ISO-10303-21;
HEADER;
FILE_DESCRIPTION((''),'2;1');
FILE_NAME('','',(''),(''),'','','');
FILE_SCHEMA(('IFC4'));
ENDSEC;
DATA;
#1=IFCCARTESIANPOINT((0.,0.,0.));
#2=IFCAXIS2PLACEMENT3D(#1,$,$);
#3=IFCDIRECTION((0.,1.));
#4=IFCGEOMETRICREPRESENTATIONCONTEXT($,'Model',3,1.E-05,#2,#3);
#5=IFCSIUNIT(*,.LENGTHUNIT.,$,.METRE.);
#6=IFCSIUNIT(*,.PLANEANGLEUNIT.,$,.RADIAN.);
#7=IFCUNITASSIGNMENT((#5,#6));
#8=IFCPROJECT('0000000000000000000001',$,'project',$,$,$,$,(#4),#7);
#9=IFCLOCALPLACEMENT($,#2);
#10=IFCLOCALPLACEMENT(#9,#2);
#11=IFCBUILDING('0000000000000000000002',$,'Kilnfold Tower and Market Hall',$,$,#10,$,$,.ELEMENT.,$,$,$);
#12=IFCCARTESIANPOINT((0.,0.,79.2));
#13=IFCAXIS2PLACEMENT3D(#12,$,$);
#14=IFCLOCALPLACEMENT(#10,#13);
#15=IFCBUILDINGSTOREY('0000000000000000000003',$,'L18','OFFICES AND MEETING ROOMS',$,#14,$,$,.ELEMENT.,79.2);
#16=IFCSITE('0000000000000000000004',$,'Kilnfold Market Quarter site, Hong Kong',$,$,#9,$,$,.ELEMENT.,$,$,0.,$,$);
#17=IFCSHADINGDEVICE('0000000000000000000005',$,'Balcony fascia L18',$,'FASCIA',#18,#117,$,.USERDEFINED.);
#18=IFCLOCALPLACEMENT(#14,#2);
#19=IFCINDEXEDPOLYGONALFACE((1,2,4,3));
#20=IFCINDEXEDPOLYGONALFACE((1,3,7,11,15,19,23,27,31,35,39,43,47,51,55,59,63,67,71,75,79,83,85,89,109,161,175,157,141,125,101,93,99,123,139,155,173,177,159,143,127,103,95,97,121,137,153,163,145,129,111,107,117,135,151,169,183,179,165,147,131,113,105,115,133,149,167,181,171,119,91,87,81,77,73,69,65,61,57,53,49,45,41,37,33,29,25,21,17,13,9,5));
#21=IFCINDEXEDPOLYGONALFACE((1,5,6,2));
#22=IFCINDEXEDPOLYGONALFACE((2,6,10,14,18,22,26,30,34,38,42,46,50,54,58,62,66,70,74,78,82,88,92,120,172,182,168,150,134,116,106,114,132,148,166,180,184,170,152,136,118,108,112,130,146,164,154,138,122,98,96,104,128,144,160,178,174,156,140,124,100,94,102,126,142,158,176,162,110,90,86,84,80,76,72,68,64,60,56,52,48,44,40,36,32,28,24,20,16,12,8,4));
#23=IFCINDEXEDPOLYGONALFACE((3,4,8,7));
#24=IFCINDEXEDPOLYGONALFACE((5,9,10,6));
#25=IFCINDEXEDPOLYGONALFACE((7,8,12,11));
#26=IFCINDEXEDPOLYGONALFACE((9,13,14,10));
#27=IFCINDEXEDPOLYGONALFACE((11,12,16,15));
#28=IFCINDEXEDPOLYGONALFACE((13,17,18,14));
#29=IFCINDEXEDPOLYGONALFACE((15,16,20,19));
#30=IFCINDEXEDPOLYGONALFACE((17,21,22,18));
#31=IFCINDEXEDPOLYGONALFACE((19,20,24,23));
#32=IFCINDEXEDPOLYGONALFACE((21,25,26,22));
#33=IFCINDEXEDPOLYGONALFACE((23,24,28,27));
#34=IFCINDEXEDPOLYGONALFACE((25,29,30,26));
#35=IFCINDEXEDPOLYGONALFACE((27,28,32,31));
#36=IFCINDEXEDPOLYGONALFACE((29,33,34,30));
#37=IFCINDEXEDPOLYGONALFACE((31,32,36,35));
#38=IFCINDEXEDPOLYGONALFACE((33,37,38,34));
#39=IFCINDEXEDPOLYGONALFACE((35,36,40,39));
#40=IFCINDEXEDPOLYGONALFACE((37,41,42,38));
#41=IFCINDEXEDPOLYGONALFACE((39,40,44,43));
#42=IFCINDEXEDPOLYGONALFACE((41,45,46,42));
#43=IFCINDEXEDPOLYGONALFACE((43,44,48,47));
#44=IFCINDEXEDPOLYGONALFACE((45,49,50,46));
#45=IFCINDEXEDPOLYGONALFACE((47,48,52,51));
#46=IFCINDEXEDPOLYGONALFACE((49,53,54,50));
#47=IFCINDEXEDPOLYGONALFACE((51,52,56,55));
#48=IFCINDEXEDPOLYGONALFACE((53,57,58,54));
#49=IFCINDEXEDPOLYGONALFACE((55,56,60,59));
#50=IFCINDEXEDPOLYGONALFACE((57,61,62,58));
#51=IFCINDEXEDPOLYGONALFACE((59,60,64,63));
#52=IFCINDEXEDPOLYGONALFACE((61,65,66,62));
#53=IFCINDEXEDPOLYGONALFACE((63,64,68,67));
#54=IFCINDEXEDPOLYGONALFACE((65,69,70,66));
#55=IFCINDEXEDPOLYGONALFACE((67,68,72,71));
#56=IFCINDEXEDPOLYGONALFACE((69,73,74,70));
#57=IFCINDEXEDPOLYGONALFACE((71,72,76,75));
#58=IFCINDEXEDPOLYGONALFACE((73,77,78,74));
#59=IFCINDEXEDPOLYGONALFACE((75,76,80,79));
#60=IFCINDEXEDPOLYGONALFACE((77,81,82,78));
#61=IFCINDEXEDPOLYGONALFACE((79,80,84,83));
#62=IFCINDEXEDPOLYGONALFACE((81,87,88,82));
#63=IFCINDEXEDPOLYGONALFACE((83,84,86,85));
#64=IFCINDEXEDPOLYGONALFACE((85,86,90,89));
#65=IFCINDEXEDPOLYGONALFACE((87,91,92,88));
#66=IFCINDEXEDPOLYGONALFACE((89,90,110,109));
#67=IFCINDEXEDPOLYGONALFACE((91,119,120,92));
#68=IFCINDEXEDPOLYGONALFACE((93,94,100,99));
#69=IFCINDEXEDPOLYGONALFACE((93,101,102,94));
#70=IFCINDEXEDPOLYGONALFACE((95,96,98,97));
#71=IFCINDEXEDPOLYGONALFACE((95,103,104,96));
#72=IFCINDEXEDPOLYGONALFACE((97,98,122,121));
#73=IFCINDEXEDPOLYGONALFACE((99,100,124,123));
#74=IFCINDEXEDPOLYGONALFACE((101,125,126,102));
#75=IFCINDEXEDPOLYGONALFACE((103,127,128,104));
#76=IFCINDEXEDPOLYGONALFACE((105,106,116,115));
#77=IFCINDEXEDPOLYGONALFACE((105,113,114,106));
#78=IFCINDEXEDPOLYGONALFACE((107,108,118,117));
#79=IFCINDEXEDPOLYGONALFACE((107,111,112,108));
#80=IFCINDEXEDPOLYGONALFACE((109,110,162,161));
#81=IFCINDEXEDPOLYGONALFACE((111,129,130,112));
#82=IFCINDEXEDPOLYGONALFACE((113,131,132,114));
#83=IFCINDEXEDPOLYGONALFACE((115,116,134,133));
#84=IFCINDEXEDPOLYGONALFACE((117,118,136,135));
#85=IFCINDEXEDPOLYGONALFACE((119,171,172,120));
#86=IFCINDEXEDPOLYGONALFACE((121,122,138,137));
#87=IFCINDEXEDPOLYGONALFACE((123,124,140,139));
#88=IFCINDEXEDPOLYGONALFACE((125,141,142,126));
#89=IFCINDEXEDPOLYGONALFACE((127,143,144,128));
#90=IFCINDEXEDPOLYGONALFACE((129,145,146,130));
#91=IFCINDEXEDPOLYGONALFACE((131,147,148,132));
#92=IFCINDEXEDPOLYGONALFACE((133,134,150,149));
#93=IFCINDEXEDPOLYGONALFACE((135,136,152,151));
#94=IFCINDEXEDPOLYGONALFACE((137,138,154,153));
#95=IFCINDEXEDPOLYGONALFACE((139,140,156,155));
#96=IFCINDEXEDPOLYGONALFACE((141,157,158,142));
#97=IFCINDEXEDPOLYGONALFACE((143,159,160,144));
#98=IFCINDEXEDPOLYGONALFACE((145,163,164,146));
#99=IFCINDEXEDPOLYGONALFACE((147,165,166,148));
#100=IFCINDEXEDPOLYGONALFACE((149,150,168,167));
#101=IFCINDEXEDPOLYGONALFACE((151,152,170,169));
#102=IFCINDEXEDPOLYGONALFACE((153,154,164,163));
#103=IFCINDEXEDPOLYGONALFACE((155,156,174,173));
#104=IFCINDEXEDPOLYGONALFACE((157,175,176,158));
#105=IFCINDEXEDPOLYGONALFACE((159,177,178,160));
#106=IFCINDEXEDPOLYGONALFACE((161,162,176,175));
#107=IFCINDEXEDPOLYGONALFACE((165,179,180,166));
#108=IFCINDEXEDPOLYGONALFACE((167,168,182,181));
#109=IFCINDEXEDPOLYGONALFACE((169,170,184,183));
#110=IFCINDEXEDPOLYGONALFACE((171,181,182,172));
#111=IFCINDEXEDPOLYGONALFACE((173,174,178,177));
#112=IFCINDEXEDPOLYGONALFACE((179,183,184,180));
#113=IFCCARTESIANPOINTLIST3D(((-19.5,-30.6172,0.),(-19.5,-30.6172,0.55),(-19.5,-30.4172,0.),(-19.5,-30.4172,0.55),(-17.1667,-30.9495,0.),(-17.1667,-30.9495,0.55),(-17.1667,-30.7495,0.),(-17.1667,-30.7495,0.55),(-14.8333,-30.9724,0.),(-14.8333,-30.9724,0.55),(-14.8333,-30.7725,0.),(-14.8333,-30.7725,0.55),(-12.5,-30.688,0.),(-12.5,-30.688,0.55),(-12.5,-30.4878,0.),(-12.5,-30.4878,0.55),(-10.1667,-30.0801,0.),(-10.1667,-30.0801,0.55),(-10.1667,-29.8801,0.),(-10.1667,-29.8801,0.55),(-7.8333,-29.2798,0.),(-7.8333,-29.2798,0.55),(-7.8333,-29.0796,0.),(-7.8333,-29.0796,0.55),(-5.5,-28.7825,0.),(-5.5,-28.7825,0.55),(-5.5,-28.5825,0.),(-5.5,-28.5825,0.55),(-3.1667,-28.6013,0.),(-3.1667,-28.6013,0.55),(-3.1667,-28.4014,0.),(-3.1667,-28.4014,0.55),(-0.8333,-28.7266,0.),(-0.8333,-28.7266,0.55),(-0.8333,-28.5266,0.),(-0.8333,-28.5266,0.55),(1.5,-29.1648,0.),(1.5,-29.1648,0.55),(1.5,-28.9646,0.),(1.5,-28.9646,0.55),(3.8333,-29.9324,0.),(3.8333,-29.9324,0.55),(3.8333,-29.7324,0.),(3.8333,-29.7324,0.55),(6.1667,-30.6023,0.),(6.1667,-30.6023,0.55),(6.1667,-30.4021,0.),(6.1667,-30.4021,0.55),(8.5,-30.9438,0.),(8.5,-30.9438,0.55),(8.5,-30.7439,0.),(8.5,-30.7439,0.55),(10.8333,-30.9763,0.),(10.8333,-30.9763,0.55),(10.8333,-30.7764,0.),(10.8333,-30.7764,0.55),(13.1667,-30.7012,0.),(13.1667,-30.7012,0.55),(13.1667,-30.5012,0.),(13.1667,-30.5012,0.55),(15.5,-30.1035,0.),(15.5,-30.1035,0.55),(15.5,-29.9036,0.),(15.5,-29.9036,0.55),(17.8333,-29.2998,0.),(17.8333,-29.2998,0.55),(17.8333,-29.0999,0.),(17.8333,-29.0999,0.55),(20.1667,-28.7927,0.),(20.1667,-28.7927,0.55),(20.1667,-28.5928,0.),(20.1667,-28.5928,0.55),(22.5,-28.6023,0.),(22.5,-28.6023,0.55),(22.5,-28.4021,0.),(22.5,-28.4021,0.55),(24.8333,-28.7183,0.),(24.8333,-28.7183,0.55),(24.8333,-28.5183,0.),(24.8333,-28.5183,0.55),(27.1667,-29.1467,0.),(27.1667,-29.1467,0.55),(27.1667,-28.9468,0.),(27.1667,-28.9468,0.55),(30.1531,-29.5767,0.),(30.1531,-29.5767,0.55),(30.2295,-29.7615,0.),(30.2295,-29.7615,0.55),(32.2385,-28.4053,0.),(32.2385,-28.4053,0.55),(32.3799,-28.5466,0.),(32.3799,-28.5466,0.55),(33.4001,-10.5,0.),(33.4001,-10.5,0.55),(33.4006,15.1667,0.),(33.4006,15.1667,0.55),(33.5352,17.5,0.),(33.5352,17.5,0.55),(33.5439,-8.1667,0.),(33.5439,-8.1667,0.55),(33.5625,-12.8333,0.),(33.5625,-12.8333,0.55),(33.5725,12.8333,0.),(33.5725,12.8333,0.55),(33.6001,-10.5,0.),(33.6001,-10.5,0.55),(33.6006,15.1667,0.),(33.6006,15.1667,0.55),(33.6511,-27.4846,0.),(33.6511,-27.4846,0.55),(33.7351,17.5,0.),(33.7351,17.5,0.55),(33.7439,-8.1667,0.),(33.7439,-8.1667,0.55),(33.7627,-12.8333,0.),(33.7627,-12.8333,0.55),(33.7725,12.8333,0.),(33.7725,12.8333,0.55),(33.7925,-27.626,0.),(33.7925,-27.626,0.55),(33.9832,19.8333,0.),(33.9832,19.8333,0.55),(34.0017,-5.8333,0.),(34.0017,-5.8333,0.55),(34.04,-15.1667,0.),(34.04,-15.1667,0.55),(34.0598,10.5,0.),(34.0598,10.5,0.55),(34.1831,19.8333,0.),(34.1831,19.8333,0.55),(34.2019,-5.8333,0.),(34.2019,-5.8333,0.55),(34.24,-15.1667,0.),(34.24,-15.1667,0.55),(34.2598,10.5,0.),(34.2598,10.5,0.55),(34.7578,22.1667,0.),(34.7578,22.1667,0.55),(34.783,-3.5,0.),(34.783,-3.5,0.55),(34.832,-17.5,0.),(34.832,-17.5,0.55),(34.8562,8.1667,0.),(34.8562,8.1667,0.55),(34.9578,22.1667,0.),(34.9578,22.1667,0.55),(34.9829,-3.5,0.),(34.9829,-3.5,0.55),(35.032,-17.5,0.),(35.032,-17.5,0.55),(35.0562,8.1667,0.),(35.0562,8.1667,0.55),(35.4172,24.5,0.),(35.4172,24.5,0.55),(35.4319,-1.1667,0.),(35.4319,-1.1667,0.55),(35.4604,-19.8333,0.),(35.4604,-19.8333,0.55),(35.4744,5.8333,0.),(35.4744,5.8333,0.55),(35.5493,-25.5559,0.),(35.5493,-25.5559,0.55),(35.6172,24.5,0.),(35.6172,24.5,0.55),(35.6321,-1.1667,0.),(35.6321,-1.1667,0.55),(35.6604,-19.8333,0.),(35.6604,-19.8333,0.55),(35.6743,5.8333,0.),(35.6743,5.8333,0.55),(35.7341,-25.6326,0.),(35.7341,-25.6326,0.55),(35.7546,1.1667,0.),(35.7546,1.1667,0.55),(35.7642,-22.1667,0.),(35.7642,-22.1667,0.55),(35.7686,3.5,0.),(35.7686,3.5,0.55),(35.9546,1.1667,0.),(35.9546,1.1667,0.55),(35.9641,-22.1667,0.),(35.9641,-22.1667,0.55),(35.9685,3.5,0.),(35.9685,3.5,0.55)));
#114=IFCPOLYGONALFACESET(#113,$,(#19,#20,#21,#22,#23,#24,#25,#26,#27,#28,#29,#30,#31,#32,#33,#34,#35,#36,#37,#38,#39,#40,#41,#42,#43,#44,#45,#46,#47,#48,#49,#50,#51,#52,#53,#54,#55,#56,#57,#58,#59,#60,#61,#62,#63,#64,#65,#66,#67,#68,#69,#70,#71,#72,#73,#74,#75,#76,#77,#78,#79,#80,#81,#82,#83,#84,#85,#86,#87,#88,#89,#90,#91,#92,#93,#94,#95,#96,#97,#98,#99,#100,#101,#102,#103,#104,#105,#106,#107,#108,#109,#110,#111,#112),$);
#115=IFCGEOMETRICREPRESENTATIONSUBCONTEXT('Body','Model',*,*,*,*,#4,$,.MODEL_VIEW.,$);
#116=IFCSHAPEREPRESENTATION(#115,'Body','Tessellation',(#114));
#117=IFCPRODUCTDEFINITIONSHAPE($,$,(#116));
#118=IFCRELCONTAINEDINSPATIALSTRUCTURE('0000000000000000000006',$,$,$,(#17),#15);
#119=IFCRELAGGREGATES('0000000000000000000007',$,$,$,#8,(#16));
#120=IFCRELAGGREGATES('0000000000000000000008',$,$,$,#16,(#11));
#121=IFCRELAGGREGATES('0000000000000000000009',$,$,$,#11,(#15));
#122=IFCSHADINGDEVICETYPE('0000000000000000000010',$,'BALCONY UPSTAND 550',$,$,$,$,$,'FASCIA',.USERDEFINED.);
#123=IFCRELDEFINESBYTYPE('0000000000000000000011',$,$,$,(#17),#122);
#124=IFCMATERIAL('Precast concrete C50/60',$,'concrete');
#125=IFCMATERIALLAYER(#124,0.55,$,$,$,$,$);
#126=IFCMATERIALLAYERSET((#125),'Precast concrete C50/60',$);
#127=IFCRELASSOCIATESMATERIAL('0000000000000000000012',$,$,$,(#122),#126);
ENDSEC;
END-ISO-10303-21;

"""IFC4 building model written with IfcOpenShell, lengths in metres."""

from ifc_helpers import new_model, si_unit, direction, frame, origin, place, context, subcontext, project, spatial, polyline, outline, extrude, source, transform, mapped, material, layer, layer_set, type_object, element, save


model = new_model("IFC4")

# Units and contexts
model_context = context("Model", 3, precision=1e-05, world=origin(), true_north=direction((0.0, 1.0)))
body_context = subcontext(model_context, "Body", "Model", "MODEL_VIEW")
ifc_project = project(units=[si_unit("LENGTHUNIT", "METRE"), si_unit("PLANEANGLEUNIT", "RADIAN")], contexts=[model_context])

# Site, building, storey
site_placement = place(None, origin())
site = spatial("IfcSite", under=ifc_project, at=site_placement, Name="Kilnfold Market Quarter site, Hong Kong", CompositionType="ELEMENT", RefElevation=0.0)
building_placement = place(site_placement, origin())
building = spatial("IfcBuilding", under=site, at=building_placement, Name="Kilnfold Tower and Market Hall", CompositionType="ELEMENT")
storey_placement = place(building_placement, frame((0.0, 0.0, 79.2)))
storey = spatial("IfcBuildingStorey", under=building, at=storey_placement, Name="L18", Description="OFFICES AND MEETING ROOMS", CompositionType="ELEMENT", Elevation=79.2)

# Shading device
ifc_material_1 = material(Name="Precast concrete C50/60", Category="concrete")
ifc_layer_1 = layer(ifc_material_1, 0.55)
ifc_layer_set_1 = layer_set([ifc_layer_1], Name="Precast concrete C50/60")
shading_device_type_1 = type_object("IfcShadingDeviceType", Name="BALCONY UPSTAND 550", ElementType="FASCIA", PredefinedType="USERDEFINED", material=ifc_layer_set_1)
shared_shape_1 = source(origin(), body_context, "Body", "SweptSolid", [
    extrude(outline(polyline([(-19.5, -30.6172), (-17.1667, -30.9495), (-14.8333, -30.9724), (-12.5, -30.688), (-10.1667, -30.0801), (-7.8333, -29.2798), (-5.5, -28.7825), (-3.1667, -28.6013), (-0.8333, -28.7266), (1.5, -29.1648), (3.8333, -29.9324), (6.1667, -30.6023), (8.5, -30.9438), (10.8333, -30.9763), (13.1667, -30.7012), (15.5, -30.1035), (17.8333, -29.2998), (20.1667, -28.7927), (22.5, -28.6023), (24.8333, -28.7183), (27.1667, -29.1467), (30.2295, -29.7615), (32.3799, -28.5466), (33.7925, -27.626), (35.7341, -25.6326), (35.9641, -22.1667), (35.6604, -19.8333), (35.032, -17.5), (34.24, -15.1667), (33.7627, -12.8333), (33.6001, -10.5), (33.7439, -8.1667), (34.2019, -5.8333), (34.9829, -3.5), (35.6321, -1.1667), (35.9546, 1.1667), (35.9685, 3.5), (35.6743, 5.8333), (35.0562, 8.1667), (34.2598, 10.5), (33.7725, 12.8333), (33.6006, 15.1667), (33.7351, 17.5), (34.1831, 19.8333), (34.9578, 22.1667), (35.6172, 24.5), (35.4172, 24.5), (34.7578, 22.1667), (33.9832, 19.8333), (33.5352, 17.5), (33.4006, 15.1667), (33.5725, 12.8333), (34.0598, 10.5), (34.8562, 8.1667), (35.4744, 5.8333), (35.7686, 3.5), (35.7546, 1.1667), (35.4319, -1.1667), (34.783, -3.5), (34.0017, -5.8333), (33.5439, -8.1667), (33.4001, -10.5), (33.5625, -12.8333), (34.04, -15.1667), (34.832, -17.5), (35.4604, -19.8333), (35.7642, -22.1667), (35.5493, -25.5559), (33.6511, -27.4846), (32.2385, -28.4053), (30.1531, -29.5767), (27.1667, -28.9468), (24.8333, -28.5183), (22.5, -28.4021), (20.1667, -28.5928), (17.8333, -29.0999), (15.5, -29.9036), (13.1667, -30.5012), (10.8333, -30.7764), (8.5, -30.7439), (6.1667, -30.4021), (3.8333, -29.7324), (1.5, -28.9646), (-0.8333, -28.5266), (-3.1667, -28.4014), (-5.5, -28.5825), (-7.8333, -29.0796), (-10.1667, -29.8801), (-12.5, -30.4878), (-14.8333, -30.7725), (-17.1667, -30.7495), (-19.5, -30.4172), (-19.5, -30.6172)])), origin(), (0.0, 0.0, 1.0), 0.55),
])
shading_device_1_placement = place(storey_placement, origin())
element("IfcShadingDevice", 1, at=shading_device_1_placement, inside=storey, type_object=shading_device_type_1, Name="Balcony fascia L18", ObjectType="FASCIA", PredefinedType="USERDEFINED", context=body_context, shape_type="MappedRepresentation", body=[
    mapped(shared_shape_1, transform((0.0, 0.0, 0.0))),
])

save(model, "model.ifc")
